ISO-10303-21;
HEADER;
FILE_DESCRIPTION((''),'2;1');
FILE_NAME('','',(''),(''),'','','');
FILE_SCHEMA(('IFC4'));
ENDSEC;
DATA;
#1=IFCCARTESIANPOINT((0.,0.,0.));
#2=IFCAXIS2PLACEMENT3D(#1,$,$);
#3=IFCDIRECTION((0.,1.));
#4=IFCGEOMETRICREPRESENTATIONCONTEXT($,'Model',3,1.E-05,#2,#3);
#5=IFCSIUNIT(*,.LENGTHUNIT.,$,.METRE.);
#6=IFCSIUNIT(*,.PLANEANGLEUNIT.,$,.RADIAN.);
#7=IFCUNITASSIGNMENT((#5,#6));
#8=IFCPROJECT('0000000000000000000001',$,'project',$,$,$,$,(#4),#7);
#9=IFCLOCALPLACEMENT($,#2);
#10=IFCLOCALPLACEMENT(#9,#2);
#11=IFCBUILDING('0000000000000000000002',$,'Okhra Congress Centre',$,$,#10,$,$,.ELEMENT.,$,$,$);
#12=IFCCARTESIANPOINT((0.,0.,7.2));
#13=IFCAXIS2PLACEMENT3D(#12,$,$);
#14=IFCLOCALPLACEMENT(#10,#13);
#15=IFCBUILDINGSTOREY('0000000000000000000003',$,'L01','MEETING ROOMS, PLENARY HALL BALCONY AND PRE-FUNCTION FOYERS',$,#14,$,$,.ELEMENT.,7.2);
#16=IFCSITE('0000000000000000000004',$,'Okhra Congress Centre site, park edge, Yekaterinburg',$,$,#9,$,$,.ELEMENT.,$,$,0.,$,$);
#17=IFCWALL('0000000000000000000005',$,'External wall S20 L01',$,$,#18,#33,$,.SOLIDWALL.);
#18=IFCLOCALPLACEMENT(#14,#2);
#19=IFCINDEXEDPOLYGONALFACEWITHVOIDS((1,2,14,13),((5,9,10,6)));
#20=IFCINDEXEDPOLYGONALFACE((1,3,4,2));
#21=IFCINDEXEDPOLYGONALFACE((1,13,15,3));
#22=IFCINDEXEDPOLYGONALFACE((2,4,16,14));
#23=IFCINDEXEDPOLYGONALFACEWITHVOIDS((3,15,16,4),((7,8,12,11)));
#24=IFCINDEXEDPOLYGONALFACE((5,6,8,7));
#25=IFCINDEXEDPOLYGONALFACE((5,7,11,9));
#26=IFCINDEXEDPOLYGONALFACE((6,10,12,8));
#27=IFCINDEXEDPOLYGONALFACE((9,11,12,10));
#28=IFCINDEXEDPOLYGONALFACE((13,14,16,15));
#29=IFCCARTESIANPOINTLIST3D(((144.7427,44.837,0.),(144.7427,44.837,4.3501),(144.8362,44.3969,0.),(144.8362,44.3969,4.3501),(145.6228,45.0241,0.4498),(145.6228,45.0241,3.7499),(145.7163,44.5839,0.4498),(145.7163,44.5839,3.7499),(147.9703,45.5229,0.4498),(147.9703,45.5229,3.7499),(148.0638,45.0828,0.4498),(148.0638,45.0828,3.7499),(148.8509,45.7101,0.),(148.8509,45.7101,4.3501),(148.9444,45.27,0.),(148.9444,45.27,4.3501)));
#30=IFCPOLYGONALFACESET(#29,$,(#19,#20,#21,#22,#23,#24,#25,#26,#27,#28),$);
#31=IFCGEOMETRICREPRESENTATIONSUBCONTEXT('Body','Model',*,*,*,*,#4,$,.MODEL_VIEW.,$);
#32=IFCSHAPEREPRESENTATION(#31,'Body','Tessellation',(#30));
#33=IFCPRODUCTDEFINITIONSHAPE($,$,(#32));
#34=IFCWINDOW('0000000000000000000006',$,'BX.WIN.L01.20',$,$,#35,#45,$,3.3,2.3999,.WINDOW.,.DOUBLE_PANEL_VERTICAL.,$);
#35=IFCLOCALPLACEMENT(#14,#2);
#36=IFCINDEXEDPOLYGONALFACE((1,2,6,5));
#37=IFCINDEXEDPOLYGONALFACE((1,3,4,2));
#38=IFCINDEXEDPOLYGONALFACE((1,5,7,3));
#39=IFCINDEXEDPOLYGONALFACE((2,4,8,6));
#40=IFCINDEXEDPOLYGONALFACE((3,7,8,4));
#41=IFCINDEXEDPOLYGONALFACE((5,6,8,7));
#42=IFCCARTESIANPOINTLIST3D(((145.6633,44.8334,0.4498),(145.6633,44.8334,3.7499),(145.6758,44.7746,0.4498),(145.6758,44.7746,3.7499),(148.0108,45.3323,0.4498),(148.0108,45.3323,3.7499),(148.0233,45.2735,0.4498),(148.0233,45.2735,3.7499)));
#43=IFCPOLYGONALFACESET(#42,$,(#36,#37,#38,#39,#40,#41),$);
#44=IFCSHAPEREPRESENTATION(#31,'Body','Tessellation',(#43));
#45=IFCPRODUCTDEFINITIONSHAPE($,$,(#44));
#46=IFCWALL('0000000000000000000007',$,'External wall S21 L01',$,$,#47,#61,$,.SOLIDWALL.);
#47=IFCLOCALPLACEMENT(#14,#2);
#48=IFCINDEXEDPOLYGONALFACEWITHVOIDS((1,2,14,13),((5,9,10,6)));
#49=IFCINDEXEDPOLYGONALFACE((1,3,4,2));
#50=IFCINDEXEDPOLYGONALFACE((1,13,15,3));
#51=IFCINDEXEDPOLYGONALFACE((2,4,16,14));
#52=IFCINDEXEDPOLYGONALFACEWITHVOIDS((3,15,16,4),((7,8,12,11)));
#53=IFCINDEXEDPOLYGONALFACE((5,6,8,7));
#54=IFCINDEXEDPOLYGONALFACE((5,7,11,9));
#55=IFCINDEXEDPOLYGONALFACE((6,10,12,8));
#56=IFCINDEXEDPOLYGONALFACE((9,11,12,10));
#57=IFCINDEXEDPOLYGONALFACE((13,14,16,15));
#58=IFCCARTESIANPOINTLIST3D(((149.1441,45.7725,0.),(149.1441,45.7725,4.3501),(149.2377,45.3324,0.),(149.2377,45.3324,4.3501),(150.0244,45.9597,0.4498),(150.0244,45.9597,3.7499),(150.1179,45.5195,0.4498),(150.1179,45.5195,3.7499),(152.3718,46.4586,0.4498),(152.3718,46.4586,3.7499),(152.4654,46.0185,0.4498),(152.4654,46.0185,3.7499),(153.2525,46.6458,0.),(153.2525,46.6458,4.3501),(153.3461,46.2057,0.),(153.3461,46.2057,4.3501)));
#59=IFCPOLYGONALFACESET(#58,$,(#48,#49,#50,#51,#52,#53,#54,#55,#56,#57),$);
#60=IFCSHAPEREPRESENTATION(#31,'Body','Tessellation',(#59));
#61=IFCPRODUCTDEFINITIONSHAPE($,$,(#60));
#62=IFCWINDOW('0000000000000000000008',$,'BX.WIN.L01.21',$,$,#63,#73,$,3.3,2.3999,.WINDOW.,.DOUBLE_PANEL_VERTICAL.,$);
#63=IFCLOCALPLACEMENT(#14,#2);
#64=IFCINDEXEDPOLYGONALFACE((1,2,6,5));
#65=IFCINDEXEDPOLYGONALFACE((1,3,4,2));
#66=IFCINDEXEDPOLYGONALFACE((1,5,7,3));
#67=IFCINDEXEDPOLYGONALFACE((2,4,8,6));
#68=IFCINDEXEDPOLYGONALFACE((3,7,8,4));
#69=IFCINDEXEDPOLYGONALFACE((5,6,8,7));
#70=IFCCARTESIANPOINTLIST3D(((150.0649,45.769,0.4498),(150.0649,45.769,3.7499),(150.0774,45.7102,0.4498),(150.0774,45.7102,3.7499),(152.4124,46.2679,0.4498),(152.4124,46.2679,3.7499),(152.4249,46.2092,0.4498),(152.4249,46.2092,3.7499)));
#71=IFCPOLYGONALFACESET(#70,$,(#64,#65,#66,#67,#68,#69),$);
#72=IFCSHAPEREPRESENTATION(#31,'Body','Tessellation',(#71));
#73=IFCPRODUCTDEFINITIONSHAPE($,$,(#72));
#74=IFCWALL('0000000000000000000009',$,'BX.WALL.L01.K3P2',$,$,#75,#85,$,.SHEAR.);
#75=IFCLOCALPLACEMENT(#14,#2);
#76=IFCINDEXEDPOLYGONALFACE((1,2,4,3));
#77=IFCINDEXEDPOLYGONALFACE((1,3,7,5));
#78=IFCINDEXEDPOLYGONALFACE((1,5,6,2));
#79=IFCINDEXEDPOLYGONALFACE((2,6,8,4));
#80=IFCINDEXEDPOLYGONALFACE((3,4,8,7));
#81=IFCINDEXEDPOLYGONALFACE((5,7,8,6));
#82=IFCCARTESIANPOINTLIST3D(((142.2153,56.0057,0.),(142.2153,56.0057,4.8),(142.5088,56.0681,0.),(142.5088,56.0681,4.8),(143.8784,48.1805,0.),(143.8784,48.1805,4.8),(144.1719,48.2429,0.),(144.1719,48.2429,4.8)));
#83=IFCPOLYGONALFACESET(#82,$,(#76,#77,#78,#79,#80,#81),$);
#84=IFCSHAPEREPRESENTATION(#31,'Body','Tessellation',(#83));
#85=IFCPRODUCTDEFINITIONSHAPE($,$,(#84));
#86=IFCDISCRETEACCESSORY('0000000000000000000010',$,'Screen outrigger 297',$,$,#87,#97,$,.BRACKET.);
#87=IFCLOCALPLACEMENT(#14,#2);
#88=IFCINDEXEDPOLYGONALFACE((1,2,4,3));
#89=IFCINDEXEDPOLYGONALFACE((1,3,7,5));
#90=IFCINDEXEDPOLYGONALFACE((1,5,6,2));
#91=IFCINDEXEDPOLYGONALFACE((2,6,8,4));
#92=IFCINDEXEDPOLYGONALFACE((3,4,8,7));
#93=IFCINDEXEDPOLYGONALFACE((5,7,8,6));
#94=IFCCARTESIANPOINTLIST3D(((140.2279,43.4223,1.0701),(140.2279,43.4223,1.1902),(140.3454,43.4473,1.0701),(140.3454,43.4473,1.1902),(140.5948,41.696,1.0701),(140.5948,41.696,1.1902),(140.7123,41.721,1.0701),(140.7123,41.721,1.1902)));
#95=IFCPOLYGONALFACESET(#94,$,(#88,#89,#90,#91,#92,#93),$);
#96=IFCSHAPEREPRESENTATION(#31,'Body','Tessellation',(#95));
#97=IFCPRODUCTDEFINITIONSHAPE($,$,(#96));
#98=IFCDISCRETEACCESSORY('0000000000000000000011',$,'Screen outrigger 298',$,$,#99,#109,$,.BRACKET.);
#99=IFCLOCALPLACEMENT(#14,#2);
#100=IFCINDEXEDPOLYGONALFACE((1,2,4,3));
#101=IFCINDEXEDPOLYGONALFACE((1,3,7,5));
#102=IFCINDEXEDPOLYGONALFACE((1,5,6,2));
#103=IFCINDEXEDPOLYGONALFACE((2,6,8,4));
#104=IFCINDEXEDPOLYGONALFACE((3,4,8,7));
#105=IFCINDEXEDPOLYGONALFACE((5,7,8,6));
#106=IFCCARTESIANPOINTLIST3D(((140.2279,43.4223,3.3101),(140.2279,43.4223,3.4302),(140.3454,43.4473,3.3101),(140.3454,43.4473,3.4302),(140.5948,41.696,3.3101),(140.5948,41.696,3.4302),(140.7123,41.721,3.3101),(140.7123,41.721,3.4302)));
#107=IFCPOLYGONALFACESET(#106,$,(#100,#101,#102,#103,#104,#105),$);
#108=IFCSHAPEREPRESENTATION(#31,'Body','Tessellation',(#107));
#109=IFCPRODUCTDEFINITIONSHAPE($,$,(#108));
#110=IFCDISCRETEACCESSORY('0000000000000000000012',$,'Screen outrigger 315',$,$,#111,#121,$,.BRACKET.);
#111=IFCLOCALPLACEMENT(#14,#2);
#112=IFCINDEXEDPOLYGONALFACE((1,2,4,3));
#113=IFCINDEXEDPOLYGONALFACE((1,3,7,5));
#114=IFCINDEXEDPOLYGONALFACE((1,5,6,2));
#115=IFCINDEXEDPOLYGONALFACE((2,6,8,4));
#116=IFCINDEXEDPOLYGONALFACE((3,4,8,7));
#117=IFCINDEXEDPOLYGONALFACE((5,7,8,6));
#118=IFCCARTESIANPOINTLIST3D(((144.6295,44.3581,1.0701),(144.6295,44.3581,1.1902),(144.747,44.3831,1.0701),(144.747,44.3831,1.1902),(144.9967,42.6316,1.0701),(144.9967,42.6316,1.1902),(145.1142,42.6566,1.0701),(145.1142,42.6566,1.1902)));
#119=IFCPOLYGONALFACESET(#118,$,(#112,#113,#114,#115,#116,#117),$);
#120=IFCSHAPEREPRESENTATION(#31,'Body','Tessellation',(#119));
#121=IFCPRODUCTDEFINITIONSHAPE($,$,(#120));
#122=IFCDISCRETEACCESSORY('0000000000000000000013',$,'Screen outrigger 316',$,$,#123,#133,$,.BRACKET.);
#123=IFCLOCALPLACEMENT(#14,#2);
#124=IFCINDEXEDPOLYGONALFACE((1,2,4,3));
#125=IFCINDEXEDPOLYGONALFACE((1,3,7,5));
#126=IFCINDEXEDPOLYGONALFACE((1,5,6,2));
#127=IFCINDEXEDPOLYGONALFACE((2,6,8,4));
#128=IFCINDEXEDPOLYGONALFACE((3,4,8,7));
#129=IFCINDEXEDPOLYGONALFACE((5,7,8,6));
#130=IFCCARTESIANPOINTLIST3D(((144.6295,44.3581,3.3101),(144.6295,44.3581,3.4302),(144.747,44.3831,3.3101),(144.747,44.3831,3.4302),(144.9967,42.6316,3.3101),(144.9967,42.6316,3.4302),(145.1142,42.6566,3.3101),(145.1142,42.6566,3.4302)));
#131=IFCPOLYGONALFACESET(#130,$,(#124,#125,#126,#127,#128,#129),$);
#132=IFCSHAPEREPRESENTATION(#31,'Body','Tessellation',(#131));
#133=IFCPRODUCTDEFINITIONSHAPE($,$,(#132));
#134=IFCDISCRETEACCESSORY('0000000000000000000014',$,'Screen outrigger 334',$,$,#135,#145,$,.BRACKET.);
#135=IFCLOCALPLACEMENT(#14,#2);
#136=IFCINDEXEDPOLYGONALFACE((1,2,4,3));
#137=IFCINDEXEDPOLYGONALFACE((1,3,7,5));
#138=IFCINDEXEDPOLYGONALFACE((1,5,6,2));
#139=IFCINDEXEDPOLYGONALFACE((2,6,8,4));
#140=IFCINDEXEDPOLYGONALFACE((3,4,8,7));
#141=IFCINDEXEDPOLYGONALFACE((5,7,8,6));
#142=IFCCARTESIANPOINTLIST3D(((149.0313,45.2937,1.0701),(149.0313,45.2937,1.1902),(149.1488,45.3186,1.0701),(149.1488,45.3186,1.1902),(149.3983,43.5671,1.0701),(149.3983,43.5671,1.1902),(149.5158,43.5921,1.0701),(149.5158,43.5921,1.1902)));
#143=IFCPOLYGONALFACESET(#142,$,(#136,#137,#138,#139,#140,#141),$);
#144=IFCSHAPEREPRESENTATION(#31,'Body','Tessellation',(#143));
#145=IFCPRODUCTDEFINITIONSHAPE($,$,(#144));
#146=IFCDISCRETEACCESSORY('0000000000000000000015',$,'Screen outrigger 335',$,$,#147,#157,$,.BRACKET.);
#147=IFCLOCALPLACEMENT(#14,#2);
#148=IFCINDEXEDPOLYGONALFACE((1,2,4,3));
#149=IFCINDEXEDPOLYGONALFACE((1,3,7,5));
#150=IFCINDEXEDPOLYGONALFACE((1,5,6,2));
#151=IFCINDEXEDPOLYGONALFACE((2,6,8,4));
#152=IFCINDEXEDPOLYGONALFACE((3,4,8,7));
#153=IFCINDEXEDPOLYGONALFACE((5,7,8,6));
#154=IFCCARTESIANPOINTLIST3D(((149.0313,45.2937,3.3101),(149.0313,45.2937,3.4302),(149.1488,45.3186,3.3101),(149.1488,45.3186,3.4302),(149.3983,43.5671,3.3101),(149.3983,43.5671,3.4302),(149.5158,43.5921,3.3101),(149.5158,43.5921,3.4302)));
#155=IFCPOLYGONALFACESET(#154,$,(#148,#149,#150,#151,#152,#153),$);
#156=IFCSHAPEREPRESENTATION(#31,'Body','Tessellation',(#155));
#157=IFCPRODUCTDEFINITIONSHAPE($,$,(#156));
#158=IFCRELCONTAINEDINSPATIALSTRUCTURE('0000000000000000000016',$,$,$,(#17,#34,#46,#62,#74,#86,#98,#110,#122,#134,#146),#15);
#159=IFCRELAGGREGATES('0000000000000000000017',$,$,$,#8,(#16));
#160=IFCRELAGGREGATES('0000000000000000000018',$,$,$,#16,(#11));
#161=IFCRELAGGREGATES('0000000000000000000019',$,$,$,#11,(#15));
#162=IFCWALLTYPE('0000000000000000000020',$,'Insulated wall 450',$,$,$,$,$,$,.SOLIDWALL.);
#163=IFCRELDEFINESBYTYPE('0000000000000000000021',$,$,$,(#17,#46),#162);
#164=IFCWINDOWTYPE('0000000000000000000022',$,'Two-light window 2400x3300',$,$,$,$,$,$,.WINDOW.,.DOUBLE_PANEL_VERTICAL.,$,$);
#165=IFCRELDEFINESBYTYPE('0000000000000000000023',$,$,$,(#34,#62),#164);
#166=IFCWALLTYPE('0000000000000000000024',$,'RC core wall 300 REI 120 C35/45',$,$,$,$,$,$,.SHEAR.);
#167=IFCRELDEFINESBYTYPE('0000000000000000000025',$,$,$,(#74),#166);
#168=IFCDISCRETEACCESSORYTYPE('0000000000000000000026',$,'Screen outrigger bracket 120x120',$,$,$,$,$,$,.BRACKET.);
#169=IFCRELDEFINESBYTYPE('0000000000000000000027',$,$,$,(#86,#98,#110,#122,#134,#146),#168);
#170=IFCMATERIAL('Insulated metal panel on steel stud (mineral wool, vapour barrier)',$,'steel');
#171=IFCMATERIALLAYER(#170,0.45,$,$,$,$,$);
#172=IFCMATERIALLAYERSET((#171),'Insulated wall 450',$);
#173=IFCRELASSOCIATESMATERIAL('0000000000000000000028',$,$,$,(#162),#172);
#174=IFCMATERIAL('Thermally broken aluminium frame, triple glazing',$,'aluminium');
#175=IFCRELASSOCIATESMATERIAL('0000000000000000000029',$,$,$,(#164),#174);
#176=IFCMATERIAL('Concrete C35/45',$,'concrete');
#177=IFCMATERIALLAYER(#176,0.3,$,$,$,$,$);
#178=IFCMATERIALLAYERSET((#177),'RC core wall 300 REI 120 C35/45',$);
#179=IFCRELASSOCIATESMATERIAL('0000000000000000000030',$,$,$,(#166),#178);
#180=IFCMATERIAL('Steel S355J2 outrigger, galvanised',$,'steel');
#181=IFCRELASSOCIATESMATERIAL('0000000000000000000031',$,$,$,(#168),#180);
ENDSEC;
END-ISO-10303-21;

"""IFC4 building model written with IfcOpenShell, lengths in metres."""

from ifc_helpers import new_model, si_unit, direction, frame, frame_2d, origin, origin_2d, place, context, subcontext, project, spatial, rectangle, extrude, material, layer, layer_set, material_profile, profile_set, type_object, element, fill, save


model = new_model("IFC4")

# Units and contexts
model_context = context("Model", 3, precision=1e-05, world=origin(), true_north=direction((0.0, 1.0)))
body_context = subcontext(model_context, "Body", "Model", "MODEL_VIEW")
ifc_project = project(units=[si_unit("LENGTHUNIT", "METRE"), si_unit("PLANEANGLEUNIT", "RADIAN")], contexts=[model_context])

# Site, building, storey
site_placement = place(None, origin())
site = spatial("IfcSite", under=ifc_project, at=site_placement, Name="Okhra Congress Centre site, park edge, Yekaterinburg", CompositionType="ELEMENT", RefElevation=0.0)
building_placement = place(site_placement, origin())
building = spatial("IfcBuilding", under=site, at=building_placement, Name="Okhra Congress Centre", CompositionType="ELEMENT")
storey_placement = place(building_placement, frame((0.0, 0.0, 7.2)))
storey = spatial("IfcBuildingStorey", under=building, at=storey_placement, Name="L01", Description="MEETING ROOMS, PLENARY HALL BALCONY AND PRE-FUNCTION FOYERS", CompositionType="ELEMENT", Elevation=7.2)

# Walls, openings, windows
ifc_material_1 = material(Name="Insulated metal panel on steel stud (mineral wool, vapour barrier)", Category="steel")
ifc_layer_1 = layer(ifc_material_1, 0.45)
ifc_layer_set_1 = layer_set([ifc_layer_1], Name="Insulated wall 450")
wall_type_1 = type_object("IfcWallType", Name="Insulated wall 450", PredefinedType="SOLIDWALL", material=ifc_layer_set_1)
ifc_material_2 = material(Name="Thermally broken aluminium frame, triple glazing", Category="aluminium")
window_type = type_object("IfcWindowType", Name="Two-light window 2400x3300", PartitioningType="DOUBLE_PANEL_VERTICAL", PredefinedType="WINDOW", material=ifc_material_2)
wall_1_placement = place(storey_placement, frame((144.7893, 44.6169, 0.0), z_axis=(0.0, 0.0, 1.0), x_axis=(0.978156, 0.207873, 0.0)))
wall_1 = element("IfcWall", 1, at=wall_1_placement, inside=storey, type_object=wall_type_1, Name="External wall S20 L01", PredefinedType="SOLIDWALL", context=body_context, shape_type="SweptSolid", body=[
    extrude(rectangle(XDim=4.2, YDim=0.45, at=frame_2d((2.1001, 0.0))), origin(), (0.0, 0.0, 1.0), 4.3501),
])
opening_1_placement = place(wall_1_placement, frame((0.8999, 0.0, 0.45)))
opening_1 = element("IfcOpeningElement", 2, at=opening_1_placement, cuts=wall_1, PredefinedType="OPENING", context=body_context, shape_type="SweptSolid", body=[
    extrude(rectangle(XDim=2.3999, YDim=3.3, at=frame_2d((1.2, 1.6499))), frame((0.0, 0.2349, 0.0), z_axis=(0.0, -1.0, 0.0), x_axis=(1.0, 0.0, 0.0)), (0.0, 0.0, 1.0), 0.47),
])
window_1_placement = place(opening_1_placement, origin())
window_1 = element("IfcWindow", 3, at=window_1_placement, inside=storey, type_object=window_type, Name="BX.WIN.L01.20", OverallHeight=3.3, OverallWidth=2.3999, PartitioningType="DOUBLE_PANEL_VERTICAL", PredefinedType="WINDOW", context=body_context, shape_type="SweptSolid", body=[
    extrude(rectangle(XDim=2.3999, YDim=3.3, at=frame_2d((1.2, 1.6499))), frame((0.0, 0.03, 0.0), z_axis=(0.0, -1.0, 0.0), x_axis=(1.0, 0.0, 0.0)), (0.0, 0.0, 1.0), 0.0601),
])
fill(opening_1, window_1)
wall_2_placement = place(storey_placement, frame((149.1909, 45.5525, 0.0), z_axis=(0.0, 0.0, 1.0), x_axis=(0.978146, 0.207917, 0.0)))
wall_2 = element("IfcWall", 4, at=wall_2_placement, inside=storey, type_object=wall_type_1, Name="External wall S21 L01", PredefinedType="SOLIDWALL", context=body_context, shape_type="SweptSolid", body=[
    extrude(rectangle(XDim=4.2002, YDim=0.45, at=frame_2d((2.1001, 0.0))), origin(), (0.0, 0.0, 1.0), 4.3501),
])
opening_2_placement = place(wall_2_placement, frame((0.8999, 0.0, 0.45)))
opening_2 = element("IfcOpeningElement", 5, at=opening_2_placement, cuts=wall_2, PredefinedType="OPENING", context=body_context, shape_type="SweptSolid", body=[
    extrude(rectangle(XDim=2.3999, YDim=3.3, at=frame_2d((1.2, 1.6499))), frame((0.0, 0.2349, 0.0), z_axis=(0.0, -1.0, 0.0), x_axis=(1.0, 0.0, 0.0)), (0.0, 0.0, 1.0), 0.47),
])
window_2_placement = place(opening_2_placement, origin())
window_2 = element("IfcWindow", 6, at=window_2_placement, inside=storey, type_object=window_type, Name="BX.WIN.L01.21", OverallHeight=3.3, OverallWidth=2.3999, PartitioningType="DOUBLE_PANEL_VERTICAL", PredefinedType="WINDOW", context=body_context, shape_type="SweptSolid", body=[
    extrude(rectangle(XDim=2.3999, YDim=3.3, at=frame_2d((1.2, 1.6499))), frame((0.0, 0.03, 0.0), z_axis=(0.0, -1.0, 0.0), x_axis=(1.0, 0.0, 0.0)), (0.0, 0.0, 1.0), 0.0601),
])
fill(opening_2, window_2)

# Wall
ifc_material_3 = material(Name="Concrete C35/45", Category="concrete")
ifc_layer_2 = layer(ifc_material_3, 0.3)
ifc_layer_set_2 = layer_set([ifc_layer_2], Name="RC core wall 300 REI 120 C35/45")
wall_type_2 = type_object("IfcWallType", Name="RC core wall 300 REI 120 C35/45", PredefinedType="SHEAR", material=ifc_layer_set_2)
wall_3_placement = place(storey_placement, frame((144.0251, 48.2117, 0.0), z_axis=(0.0, 0.0, 1.0), x_axis=(-0.207886, 0.978153, 0.0)))
element("IfcWall", 7, at=wall_3_placement, inside=storey, type_object=wall_type_2, Name="BX.WALL.L01.K3P2", PredefinedType="SHEAR", context=body_context, shape_type="SweptSolid", body=[
    extrude(rectangle(XDim=8.0, YDim=0.3, at=frame_2d((4.0, 0.0))), origin(), (0.0, 0.0, 1.0), 4.8),
])

# Discrete accessories
ifc_material_4 = material(Name="Steel S355J2 outrigger, galvanised", Category="steel")
ifc_material_profile_1 = material_profile(ifc_material_4, rectangle(XDim=0.1201, YDim=0.1201, at=origin_2d()), Name="Screen outrigger bracket 120x120")
ifc_profile_set_1 = profile_set([ifc_material_profile_1], Name="Steel S355J2 outrigger, galvanised")
discrete_accessory_type = type_object("IfcDiscreteAccessoryType", Name="Screen outrigger bracket 120x120", PredefinedType="BRACKET", material=ifc_profile_set_1)
for number, where, z_axis, x_axis, name in (
    (8, (140.2866, 43.4348, 1.1301), (0.207913, -0.978147, 0.0), (0.978147, 0.207913, 0.0), "Screen outrigger 297"),
    (9, (140.2866, 43.4348, 3.3701), (0.207913, -0.978147, 0.0), (0.978147, 0.207913, 0.0), "Screen outrigger 298"),
):
    element("IfcDiscreteAccessory", number, at=place(storey_placement, frame(where, z_axis=z_axis, x_axis=x_axis)), inside=storey, type_object=discrete_accessory_type, Name=name, PredefinedType="BRACKET", context=body_context, shape_type="SweptSolid", body=[
        extrude(rectangle(XDim=0.1201, YDim=0.1201, at=origin_2d()), origin(), (0.0, 0.0, 1.0), 1.7649),
    ])
for number, where, z_axis, x_axis, name in (
    (10, (144.6882, 44.3706, 1.1301), (0.208018, -0.978125, 0.0), (0.978125, 0.208018, 0.0), "Screen outrigger 315"),
    (11, (144.6882, 44.3706, 3.3701), (0.208018, -0.978125, 0.0), (0.978125, 0.208018, 0.0), "Screen outrigger 316"),
    (12, (149.0901, 45.3062, 1.1301), (0.207885, -0.978153, 0.0), (0.978153, 0.207885, 0.0), "Screen outrigger 334"),
    (13, (149.0901, 45.3062, 3.3701), (0.207885, -0.978153, 0.0), (0.978153, 0.207885, 0.0), "Screen outrigger 335"),
):
    element("IfcDiscreteAccessory", number, at=place(storey_placement, frame(where, z_axis=z_axis, x_axis=x_axis)), inside=storey, type_object=discrete_accessory_type, Name=name, PredefinedType="BRACKET", context=body_context, shape_type="SweptSolid", body=[
        extrude(rectangle(XDim=0.1201, YDim=0.1201, at=origin_2d()), origin(), (0.0, 0.0, 1.0), 1.7651),
    ])

save(model, "model.ifc")
